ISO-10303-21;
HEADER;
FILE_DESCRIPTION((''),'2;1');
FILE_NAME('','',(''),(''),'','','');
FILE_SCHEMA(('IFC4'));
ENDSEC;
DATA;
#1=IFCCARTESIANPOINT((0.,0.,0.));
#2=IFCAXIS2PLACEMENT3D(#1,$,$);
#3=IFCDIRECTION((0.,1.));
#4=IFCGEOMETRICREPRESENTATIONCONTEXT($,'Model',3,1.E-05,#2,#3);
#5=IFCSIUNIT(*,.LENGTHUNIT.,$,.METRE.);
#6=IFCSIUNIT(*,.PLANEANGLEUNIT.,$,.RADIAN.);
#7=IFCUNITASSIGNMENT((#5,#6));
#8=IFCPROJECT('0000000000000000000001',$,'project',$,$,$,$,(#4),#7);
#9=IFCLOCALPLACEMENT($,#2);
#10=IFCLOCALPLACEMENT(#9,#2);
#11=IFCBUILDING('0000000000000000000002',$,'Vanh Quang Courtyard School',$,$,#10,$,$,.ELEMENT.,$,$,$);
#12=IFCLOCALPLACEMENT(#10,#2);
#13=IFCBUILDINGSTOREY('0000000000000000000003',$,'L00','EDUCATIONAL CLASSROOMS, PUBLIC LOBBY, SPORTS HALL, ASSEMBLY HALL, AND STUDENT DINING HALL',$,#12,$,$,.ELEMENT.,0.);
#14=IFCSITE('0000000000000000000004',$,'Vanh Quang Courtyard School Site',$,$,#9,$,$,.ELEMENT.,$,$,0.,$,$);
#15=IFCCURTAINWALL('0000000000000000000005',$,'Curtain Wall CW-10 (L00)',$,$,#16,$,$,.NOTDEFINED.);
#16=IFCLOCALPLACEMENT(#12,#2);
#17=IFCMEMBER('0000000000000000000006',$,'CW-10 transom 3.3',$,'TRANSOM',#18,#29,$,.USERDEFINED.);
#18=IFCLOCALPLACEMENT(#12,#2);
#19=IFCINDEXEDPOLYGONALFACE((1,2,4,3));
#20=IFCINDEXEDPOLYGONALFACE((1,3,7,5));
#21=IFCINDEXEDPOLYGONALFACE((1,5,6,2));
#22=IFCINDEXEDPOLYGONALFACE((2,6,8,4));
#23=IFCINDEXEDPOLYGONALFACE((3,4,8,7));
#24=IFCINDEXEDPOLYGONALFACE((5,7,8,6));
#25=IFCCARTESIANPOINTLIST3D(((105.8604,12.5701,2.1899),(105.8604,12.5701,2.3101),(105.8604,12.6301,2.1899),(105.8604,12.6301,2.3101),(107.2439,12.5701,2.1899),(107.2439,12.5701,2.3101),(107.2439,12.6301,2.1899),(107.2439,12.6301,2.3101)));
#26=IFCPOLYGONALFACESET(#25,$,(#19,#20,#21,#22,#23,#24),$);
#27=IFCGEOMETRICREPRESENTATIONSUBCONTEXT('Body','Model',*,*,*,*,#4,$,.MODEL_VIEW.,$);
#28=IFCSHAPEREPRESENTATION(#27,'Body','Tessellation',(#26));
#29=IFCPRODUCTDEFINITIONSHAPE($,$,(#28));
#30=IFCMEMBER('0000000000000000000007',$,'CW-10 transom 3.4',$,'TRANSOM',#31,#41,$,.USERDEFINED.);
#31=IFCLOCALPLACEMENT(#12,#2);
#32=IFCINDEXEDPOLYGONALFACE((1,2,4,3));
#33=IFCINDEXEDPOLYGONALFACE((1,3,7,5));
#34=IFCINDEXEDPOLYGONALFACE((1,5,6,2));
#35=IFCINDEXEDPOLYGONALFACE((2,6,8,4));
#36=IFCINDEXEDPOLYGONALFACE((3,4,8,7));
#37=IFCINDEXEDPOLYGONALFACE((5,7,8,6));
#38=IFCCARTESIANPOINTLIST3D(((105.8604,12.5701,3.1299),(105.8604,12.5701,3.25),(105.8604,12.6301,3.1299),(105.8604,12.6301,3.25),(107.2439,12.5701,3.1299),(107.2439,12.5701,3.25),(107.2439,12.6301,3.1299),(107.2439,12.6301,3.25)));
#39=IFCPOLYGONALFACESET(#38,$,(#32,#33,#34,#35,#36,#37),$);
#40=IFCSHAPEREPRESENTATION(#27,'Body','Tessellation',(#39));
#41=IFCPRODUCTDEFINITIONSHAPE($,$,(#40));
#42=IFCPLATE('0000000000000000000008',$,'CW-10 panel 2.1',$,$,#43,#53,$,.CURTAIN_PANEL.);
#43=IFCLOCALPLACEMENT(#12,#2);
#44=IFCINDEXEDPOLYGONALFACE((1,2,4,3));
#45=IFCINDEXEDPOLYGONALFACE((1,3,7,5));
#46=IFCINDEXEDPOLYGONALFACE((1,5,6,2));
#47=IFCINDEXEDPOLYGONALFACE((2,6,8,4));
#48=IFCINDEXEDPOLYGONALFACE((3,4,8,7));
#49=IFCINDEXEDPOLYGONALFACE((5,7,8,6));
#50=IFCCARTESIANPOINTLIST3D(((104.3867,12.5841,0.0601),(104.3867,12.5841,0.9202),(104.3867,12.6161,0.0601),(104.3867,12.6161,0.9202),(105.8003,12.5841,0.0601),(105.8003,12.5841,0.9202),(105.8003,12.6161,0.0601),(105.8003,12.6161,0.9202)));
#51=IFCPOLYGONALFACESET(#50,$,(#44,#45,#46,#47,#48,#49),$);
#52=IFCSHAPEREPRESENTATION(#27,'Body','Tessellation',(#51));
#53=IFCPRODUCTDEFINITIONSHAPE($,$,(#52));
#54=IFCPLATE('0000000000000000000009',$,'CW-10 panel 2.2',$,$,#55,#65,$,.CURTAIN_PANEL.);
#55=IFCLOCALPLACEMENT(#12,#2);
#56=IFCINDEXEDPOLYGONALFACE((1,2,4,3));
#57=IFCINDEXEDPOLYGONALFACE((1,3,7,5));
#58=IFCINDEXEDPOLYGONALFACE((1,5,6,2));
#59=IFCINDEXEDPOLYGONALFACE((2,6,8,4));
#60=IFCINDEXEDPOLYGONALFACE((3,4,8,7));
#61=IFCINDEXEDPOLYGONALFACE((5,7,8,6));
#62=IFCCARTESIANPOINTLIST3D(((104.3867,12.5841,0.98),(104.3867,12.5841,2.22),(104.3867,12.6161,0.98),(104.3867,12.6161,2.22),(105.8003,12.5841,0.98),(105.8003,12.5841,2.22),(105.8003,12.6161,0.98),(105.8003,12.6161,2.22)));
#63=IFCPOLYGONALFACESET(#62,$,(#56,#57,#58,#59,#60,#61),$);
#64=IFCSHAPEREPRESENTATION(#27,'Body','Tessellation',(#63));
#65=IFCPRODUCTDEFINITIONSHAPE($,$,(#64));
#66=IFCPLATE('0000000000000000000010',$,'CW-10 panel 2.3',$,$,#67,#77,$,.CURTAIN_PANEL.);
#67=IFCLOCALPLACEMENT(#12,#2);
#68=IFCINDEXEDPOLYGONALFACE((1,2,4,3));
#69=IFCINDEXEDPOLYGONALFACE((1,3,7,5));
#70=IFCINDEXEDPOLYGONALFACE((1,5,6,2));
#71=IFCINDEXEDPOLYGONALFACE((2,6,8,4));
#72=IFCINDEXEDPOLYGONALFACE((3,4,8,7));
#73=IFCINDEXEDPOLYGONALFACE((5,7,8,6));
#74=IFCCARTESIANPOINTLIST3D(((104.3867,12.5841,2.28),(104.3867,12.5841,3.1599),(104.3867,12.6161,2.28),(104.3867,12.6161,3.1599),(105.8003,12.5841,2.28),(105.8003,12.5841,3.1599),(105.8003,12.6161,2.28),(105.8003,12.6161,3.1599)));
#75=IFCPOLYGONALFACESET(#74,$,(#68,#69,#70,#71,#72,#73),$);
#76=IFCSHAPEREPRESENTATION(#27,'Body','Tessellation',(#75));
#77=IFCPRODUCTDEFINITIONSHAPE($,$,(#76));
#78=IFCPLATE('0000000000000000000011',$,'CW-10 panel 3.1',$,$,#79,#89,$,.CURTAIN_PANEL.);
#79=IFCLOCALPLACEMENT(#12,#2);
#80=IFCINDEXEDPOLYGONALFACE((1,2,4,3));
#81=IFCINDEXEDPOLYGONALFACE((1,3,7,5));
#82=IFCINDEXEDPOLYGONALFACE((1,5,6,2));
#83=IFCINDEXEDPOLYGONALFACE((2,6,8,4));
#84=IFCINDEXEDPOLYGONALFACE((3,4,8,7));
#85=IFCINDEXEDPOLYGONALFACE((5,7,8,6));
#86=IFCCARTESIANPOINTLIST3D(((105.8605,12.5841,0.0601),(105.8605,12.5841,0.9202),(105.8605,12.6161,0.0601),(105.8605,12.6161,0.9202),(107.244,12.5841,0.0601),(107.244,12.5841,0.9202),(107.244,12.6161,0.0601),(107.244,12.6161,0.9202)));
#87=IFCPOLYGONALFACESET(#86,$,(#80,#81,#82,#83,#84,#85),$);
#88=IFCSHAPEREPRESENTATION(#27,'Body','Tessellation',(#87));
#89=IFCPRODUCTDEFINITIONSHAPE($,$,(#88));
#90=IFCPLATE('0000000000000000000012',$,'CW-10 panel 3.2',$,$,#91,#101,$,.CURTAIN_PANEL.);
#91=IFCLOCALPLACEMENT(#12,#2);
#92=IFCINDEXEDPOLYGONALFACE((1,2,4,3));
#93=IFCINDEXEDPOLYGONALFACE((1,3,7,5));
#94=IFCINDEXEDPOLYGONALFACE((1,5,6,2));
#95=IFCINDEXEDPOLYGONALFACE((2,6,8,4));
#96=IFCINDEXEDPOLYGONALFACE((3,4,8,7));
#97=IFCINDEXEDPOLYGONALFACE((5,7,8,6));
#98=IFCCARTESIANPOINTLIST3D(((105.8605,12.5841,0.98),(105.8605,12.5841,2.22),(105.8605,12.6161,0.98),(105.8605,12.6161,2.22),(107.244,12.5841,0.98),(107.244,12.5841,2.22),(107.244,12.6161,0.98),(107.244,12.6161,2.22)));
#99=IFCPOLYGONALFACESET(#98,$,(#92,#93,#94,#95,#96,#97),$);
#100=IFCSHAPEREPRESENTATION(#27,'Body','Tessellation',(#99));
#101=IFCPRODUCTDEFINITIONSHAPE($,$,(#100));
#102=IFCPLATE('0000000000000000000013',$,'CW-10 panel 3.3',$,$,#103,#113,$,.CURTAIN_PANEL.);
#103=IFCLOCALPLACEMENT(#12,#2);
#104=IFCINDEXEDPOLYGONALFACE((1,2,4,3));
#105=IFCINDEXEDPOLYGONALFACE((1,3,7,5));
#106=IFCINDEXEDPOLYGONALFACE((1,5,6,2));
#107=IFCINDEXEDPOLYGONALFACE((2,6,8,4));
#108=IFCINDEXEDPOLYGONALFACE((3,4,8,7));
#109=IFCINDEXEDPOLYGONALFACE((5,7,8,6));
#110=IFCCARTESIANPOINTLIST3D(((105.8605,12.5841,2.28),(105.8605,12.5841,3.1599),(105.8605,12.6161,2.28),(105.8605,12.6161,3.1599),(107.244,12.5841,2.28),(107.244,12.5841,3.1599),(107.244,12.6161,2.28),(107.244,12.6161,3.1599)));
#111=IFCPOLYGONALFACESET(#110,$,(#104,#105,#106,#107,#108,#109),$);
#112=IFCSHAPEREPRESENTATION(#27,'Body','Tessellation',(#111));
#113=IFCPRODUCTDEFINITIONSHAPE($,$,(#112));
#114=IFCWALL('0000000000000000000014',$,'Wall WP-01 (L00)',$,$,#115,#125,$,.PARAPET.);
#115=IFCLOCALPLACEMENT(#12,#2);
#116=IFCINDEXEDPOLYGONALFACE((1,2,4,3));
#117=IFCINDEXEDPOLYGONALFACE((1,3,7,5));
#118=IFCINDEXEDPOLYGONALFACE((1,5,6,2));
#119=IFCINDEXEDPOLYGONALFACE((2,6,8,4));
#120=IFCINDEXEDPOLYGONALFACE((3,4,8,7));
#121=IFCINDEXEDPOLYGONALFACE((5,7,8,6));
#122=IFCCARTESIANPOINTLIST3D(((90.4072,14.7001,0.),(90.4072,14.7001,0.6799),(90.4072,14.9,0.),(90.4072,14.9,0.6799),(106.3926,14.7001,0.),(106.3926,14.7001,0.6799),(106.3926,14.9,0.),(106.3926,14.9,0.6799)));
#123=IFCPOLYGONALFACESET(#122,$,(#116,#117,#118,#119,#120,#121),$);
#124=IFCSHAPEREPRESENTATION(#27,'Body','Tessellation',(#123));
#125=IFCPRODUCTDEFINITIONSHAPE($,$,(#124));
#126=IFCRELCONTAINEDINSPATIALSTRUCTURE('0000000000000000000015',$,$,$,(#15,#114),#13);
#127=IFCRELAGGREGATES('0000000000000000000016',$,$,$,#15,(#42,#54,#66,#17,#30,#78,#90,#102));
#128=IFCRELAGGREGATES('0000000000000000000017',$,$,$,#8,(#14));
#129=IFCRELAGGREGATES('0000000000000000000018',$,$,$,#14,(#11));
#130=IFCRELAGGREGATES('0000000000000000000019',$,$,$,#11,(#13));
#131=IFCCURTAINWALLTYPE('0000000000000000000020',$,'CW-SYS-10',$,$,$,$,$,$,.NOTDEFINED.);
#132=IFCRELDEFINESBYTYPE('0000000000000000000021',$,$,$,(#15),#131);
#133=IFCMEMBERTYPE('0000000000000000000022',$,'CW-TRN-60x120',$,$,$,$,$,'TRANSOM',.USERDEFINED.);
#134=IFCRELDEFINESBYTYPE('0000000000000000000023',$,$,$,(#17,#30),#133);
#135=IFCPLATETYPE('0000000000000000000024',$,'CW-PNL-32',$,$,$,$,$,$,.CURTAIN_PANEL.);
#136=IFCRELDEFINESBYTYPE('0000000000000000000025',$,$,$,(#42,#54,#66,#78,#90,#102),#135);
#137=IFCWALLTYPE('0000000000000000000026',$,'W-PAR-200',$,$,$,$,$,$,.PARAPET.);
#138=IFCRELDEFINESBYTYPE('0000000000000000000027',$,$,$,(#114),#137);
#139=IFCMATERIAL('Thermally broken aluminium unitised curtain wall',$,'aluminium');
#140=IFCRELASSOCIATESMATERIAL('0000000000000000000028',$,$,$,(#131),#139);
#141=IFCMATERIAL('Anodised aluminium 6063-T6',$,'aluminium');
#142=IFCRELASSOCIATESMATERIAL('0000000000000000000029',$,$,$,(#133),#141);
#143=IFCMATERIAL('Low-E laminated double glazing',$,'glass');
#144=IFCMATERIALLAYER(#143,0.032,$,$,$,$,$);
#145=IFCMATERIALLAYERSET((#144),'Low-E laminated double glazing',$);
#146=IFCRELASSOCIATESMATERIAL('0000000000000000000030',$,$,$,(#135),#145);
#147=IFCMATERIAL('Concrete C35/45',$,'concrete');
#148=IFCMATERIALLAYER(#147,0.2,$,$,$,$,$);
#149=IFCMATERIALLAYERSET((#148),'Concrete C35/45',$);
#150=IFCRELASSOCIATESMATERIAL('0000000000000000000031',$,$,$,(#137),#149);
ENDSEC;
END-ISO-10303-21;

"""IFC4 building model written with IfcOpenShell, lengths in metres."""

from ifc_helpers import new_model, si_unit, direction, frame, frame_2d, origin, origin_2d, place, context, subcontext, project, spatial, rectangle, extrude, material, layer, layer_set, material_profile, profile_set, type_object, element, aggregate, save


model = new_model("IFC4")

# Units and contexts
model_context = context("Model", 3, precision=1e-05, world=origin(), true_north=direction((0.0, 1.0)))
body_context = subcontext(model_context, "Body", "Model", "MODEL_VIEW")
ifc_project = project(units=[si_unit("LENGTHUNIT", "METRE"), si_unit("PLANEANGLEUNIT", "RADIAN")], contexts=[model_context])

# Site, building, storey
site_placement = place(None, origin())
site = spatial("IfcSite", under=ifc_project, at=site_placement, Name="Vanh Quang Courtyard School Site", CompositionType="ELEMENT", RefElevation=0.0)
building_placement = place(site_placement, origin())
building = spatial("IfcBuilding", under=site, at=building_placement, Name="Vanh Quang Courtyard School", CompositionType="ELEMENT")
storey_placement = place(building_placement, origin())
storey = spatial("IfcBuildingStorey", under=building, at=storey_placement, Name="L00", Description="EDUCATIONAL CLASSROOMS, PUBLIC LOBBY, SPORTS HALL, ASSEMBLY HALL, AND STUDENT DINING HALL", CompositionType="ELEMENT", Elevation=0.0)

# Shared definitions
ifc_material_1 = material(Name="Concrete C35/45", Category="concrete")

# Curtain wall, members, plates
ifc_material_2 = material(Name="Thermally broken aluminium unitised curtain wall", Category="aluminium")
curtain_wall_type = type_object("IfcCurtainWallType", Name="CW-SYS-10", PredefinedType="NOTDEFINED", material=ifc_material_2)
curtain_wall_placement = place(storey_placement, origin())
curtain_wall = element("IfcCurtainWall", 1, at=curtain_wall_placement, inside=storey, type_object=curtain_wall_type, Name="Curtain Wall CW-10 (L00)", PredefinedType="NOTDEFINED")
ifc_material_3 = material(Name="Anodised aluminium 6063-T6", Category="aluminium")
ifc_material_profile_1 = material_profile(ifc_material_3, rectangle(XDim=0.0601, YDim=0.1201, at=origin_2d()), Name="ALU-TRN 60x120")
ifc_profile_set_1 = profile_set([ifc_material_profile_1], Name="Anodised aluminium 6063-T6")
member_type_1 = type_object("IfcMemberType", Name="CW-TRN-60x120", ElementType="TRANSOM", PredefinedType="USERDEFINED", material=ifc_profile_set_1)
member_1_placement = place(storey_placement, frame((105.8604, 12.6001, 2.25), z_axis=(1.0, 0.0, 0.0), x_axis=(0.0, 1.0, 0.0)))
member_1 = element("IfcMember", 2, at=member_1_placement, type_object=member_type_1, Name="CW-10 transom 3.3", ObjectType="TRANSOM", PredefinedType="USERDEFINED", context=body_context, shape_type="SweptSolid", body=[
    extrude(rectangle(XDim=0.0601, YDim=0.1201, at=origin_2d()), origin(), (0.0, 0.0, 1.0), 1.3835),
])
member_2_placement = place(storey_placement, frame((105.8604, 12.6001, 3.1899), z_axis=(1.0, 0.0, 0.0), x_axis=(0.0, 1.0, 0.0)))
member_2 = element("IfcMember", 3, at=member_2_placement, type_object=member_type_1, Name="CW-10 transom 3.4", ObjectType="TRANSOM", PredefinedType="USERDEFINED", context=body_context, shape_type="SweptSolid", body=[
    extrude(rectangle(XDim=0.0601, YDim=0.1201, at=origin_2d()), origin(), (0.0, 0.0, 1.0), 1.3835),
])
ifc_material_4 = material(Name="Low-E laminated double glazing", Category="glass")
ifc_layer_1 = layer(ifc_material_4, 0.032)
ifc_layer_set_1 = layer_set([ifc_layer_1], Name="Low-E laminated double glazing")
plate_type = type_object("IfcPlateType", Name="CW-PNL-32", PredefinedType="CURTAIN_PANEL", material=ifc_layer_set_1)
plate_1_placement = place(storey_placement, frame((105.0935, 12.6001, 0.0601), z_axis=(0.0, 0.0, 1.0), x_axis=(1.0, 0.0, 0.0)))
plate_1 = element("IfcPlate", 4, at=plate_1_placement, type_object=plate_type, Name="CW-10 panel 2.1", PredefinedType="CURTAIN_PANEL", context=body_context, shape_type="SweptSolid", body=[
    extrude(rectangle(XDim=1.4136, YDim=0.032, at=origin_2d()), origin(), (0.0, 0.0, 1.0), 0.8601),
])
plate_2_placement = place(storey_placement, frame((105.0935, 12.6001, 0.98), z_axis=(0.0, 0.0, 1.0), x_axis=(1.0, 0.0, 0.0)))
plate_2 = element("IfcPlate", 5, at=plate_2_placement, type_object=plate_type, Name="CW-10 panel 2.2", PredefinedType="CURTAIN_PANEL", context=body_context, shape_type="SweptSolid", body=[
    extrude(rectangle(XDim=1.4136, YDim=0.032, at=origin_2d()), origin(), (0.0, 0.0, 1.0), 1.24),
])
plate_3_placement = place(storey_placement, frame((105.0935, 12.6001, 2.28), z_axis=(0.0, 0.0, 1.0), x_axis=(1.0, 0.0, 0.0)))
plate_3 = element("IfcPlate", 6, at=plate_3_placement, type_object=plate_type, Name="CW-10 panel 2.3", PredefinedType="CURTAIN_PANEL", context=body_context, shape_type="SweptSolid", body=[
    extrude(rectangle(XDim=1.4136, YDim=0.032, at=origin_2d()), origin(), (0.0, 0.0, 1.0), 0.8799),
])
plate_4_placement = place(storey_placement, frame((106.5522, 12.6001, 0.0601), z_axis=(0.0, 0.0, 1.0), x_axis=(1.0, 0.0, 0.0)))
plate_4 = element("IfcPlate", 7, at=plate_4_placement, type_object=plate_type, Name="CW-10 panel 3.1", PredefinedType="CURTAIN_PANEL", context=body_context, shape_type="SweptSolid", body=[
    extrude(rectangle(XDim=1.3835, YDim=0.032, at=origin_2d()), origin(), (0.0, 0.0, 1.0), 0.8601),
])
plate_5_placement = place(storey_placement, frame((106.5522, 12.6001, 0.98), z_axis=(0.0, 0.0, 1.0), x_axis=(1.0, 0.0, 0.0)))
plate_5 = element("IfcPlate", 8, at=plate_5_placement, type_object=plate_type, Name="CW-10 panel 3.2", PredefinedType="CURTAIN_PANEL", context=body_context, shape_type="SweptSolid", body=[
    extrude(rectangle(XDim=1.3835, YDim=0.032, at=origin_2d()), origin(), (0.0, 0.0, 1.0), 1.24),
])
plate_6_placement = place(storey_placement, frame((106.5522, 12.6001, 2.28), z_axis=(0.0, 0.0, 1.0), x_axis=(1.0, 0.0, 0.0)))
plate_6 = element("IfcPlate", 9, at=plate_6_placement, type_object=plate_type, Name="CW-10 panel 3.3", PredefinedType="CURTAIN_PANEL", context=body_context, shape_type="SweptSolid", body=[
    extrude(rectangle(XDim=1.3835, YDim=0.032, at=origin_2d()), origin(), (0.0, 0.0, 1.0), 0.8799),
])
aggregate(curtain_wall, [plate_1, plate_2, plate_3, member_1, member_2, plate_4, plate_5, plate_6])

# Wall
ifc_layer_2 = layer(ifc_material_1, 0.2)
ifc_layer_set_2 = layer_set([ifc_layer_2], Name="Concrete C35/45")
wall_type = type_object("IfcWallType", Name="W-PAR-200", PredefinedType="PARAPET", material=ifc_layer_set_2)
wall_placement = place(storey_placement, frame((106.3926, 14.8, 0.0), z_axis=(0.0, 0.0, 1.0), x_axis=(-1.0, 0.0, 0.0)))
element("IfcWall", 10, at=wall_placement, inside=storey, type_object=wall_type, Name="Wall WP-01 (L00)", PredefinedType="PARAPET", context=body_context, shape_type="SweptSolid", body=[
    extrude(rectangle(XDim=15.9854, YDim=0.2, at=frame_2d((7.9927, 0.0))), origin(), (0.0, 0.0, 1.0), 0.6799),
])

save(model, "model.ifc")
